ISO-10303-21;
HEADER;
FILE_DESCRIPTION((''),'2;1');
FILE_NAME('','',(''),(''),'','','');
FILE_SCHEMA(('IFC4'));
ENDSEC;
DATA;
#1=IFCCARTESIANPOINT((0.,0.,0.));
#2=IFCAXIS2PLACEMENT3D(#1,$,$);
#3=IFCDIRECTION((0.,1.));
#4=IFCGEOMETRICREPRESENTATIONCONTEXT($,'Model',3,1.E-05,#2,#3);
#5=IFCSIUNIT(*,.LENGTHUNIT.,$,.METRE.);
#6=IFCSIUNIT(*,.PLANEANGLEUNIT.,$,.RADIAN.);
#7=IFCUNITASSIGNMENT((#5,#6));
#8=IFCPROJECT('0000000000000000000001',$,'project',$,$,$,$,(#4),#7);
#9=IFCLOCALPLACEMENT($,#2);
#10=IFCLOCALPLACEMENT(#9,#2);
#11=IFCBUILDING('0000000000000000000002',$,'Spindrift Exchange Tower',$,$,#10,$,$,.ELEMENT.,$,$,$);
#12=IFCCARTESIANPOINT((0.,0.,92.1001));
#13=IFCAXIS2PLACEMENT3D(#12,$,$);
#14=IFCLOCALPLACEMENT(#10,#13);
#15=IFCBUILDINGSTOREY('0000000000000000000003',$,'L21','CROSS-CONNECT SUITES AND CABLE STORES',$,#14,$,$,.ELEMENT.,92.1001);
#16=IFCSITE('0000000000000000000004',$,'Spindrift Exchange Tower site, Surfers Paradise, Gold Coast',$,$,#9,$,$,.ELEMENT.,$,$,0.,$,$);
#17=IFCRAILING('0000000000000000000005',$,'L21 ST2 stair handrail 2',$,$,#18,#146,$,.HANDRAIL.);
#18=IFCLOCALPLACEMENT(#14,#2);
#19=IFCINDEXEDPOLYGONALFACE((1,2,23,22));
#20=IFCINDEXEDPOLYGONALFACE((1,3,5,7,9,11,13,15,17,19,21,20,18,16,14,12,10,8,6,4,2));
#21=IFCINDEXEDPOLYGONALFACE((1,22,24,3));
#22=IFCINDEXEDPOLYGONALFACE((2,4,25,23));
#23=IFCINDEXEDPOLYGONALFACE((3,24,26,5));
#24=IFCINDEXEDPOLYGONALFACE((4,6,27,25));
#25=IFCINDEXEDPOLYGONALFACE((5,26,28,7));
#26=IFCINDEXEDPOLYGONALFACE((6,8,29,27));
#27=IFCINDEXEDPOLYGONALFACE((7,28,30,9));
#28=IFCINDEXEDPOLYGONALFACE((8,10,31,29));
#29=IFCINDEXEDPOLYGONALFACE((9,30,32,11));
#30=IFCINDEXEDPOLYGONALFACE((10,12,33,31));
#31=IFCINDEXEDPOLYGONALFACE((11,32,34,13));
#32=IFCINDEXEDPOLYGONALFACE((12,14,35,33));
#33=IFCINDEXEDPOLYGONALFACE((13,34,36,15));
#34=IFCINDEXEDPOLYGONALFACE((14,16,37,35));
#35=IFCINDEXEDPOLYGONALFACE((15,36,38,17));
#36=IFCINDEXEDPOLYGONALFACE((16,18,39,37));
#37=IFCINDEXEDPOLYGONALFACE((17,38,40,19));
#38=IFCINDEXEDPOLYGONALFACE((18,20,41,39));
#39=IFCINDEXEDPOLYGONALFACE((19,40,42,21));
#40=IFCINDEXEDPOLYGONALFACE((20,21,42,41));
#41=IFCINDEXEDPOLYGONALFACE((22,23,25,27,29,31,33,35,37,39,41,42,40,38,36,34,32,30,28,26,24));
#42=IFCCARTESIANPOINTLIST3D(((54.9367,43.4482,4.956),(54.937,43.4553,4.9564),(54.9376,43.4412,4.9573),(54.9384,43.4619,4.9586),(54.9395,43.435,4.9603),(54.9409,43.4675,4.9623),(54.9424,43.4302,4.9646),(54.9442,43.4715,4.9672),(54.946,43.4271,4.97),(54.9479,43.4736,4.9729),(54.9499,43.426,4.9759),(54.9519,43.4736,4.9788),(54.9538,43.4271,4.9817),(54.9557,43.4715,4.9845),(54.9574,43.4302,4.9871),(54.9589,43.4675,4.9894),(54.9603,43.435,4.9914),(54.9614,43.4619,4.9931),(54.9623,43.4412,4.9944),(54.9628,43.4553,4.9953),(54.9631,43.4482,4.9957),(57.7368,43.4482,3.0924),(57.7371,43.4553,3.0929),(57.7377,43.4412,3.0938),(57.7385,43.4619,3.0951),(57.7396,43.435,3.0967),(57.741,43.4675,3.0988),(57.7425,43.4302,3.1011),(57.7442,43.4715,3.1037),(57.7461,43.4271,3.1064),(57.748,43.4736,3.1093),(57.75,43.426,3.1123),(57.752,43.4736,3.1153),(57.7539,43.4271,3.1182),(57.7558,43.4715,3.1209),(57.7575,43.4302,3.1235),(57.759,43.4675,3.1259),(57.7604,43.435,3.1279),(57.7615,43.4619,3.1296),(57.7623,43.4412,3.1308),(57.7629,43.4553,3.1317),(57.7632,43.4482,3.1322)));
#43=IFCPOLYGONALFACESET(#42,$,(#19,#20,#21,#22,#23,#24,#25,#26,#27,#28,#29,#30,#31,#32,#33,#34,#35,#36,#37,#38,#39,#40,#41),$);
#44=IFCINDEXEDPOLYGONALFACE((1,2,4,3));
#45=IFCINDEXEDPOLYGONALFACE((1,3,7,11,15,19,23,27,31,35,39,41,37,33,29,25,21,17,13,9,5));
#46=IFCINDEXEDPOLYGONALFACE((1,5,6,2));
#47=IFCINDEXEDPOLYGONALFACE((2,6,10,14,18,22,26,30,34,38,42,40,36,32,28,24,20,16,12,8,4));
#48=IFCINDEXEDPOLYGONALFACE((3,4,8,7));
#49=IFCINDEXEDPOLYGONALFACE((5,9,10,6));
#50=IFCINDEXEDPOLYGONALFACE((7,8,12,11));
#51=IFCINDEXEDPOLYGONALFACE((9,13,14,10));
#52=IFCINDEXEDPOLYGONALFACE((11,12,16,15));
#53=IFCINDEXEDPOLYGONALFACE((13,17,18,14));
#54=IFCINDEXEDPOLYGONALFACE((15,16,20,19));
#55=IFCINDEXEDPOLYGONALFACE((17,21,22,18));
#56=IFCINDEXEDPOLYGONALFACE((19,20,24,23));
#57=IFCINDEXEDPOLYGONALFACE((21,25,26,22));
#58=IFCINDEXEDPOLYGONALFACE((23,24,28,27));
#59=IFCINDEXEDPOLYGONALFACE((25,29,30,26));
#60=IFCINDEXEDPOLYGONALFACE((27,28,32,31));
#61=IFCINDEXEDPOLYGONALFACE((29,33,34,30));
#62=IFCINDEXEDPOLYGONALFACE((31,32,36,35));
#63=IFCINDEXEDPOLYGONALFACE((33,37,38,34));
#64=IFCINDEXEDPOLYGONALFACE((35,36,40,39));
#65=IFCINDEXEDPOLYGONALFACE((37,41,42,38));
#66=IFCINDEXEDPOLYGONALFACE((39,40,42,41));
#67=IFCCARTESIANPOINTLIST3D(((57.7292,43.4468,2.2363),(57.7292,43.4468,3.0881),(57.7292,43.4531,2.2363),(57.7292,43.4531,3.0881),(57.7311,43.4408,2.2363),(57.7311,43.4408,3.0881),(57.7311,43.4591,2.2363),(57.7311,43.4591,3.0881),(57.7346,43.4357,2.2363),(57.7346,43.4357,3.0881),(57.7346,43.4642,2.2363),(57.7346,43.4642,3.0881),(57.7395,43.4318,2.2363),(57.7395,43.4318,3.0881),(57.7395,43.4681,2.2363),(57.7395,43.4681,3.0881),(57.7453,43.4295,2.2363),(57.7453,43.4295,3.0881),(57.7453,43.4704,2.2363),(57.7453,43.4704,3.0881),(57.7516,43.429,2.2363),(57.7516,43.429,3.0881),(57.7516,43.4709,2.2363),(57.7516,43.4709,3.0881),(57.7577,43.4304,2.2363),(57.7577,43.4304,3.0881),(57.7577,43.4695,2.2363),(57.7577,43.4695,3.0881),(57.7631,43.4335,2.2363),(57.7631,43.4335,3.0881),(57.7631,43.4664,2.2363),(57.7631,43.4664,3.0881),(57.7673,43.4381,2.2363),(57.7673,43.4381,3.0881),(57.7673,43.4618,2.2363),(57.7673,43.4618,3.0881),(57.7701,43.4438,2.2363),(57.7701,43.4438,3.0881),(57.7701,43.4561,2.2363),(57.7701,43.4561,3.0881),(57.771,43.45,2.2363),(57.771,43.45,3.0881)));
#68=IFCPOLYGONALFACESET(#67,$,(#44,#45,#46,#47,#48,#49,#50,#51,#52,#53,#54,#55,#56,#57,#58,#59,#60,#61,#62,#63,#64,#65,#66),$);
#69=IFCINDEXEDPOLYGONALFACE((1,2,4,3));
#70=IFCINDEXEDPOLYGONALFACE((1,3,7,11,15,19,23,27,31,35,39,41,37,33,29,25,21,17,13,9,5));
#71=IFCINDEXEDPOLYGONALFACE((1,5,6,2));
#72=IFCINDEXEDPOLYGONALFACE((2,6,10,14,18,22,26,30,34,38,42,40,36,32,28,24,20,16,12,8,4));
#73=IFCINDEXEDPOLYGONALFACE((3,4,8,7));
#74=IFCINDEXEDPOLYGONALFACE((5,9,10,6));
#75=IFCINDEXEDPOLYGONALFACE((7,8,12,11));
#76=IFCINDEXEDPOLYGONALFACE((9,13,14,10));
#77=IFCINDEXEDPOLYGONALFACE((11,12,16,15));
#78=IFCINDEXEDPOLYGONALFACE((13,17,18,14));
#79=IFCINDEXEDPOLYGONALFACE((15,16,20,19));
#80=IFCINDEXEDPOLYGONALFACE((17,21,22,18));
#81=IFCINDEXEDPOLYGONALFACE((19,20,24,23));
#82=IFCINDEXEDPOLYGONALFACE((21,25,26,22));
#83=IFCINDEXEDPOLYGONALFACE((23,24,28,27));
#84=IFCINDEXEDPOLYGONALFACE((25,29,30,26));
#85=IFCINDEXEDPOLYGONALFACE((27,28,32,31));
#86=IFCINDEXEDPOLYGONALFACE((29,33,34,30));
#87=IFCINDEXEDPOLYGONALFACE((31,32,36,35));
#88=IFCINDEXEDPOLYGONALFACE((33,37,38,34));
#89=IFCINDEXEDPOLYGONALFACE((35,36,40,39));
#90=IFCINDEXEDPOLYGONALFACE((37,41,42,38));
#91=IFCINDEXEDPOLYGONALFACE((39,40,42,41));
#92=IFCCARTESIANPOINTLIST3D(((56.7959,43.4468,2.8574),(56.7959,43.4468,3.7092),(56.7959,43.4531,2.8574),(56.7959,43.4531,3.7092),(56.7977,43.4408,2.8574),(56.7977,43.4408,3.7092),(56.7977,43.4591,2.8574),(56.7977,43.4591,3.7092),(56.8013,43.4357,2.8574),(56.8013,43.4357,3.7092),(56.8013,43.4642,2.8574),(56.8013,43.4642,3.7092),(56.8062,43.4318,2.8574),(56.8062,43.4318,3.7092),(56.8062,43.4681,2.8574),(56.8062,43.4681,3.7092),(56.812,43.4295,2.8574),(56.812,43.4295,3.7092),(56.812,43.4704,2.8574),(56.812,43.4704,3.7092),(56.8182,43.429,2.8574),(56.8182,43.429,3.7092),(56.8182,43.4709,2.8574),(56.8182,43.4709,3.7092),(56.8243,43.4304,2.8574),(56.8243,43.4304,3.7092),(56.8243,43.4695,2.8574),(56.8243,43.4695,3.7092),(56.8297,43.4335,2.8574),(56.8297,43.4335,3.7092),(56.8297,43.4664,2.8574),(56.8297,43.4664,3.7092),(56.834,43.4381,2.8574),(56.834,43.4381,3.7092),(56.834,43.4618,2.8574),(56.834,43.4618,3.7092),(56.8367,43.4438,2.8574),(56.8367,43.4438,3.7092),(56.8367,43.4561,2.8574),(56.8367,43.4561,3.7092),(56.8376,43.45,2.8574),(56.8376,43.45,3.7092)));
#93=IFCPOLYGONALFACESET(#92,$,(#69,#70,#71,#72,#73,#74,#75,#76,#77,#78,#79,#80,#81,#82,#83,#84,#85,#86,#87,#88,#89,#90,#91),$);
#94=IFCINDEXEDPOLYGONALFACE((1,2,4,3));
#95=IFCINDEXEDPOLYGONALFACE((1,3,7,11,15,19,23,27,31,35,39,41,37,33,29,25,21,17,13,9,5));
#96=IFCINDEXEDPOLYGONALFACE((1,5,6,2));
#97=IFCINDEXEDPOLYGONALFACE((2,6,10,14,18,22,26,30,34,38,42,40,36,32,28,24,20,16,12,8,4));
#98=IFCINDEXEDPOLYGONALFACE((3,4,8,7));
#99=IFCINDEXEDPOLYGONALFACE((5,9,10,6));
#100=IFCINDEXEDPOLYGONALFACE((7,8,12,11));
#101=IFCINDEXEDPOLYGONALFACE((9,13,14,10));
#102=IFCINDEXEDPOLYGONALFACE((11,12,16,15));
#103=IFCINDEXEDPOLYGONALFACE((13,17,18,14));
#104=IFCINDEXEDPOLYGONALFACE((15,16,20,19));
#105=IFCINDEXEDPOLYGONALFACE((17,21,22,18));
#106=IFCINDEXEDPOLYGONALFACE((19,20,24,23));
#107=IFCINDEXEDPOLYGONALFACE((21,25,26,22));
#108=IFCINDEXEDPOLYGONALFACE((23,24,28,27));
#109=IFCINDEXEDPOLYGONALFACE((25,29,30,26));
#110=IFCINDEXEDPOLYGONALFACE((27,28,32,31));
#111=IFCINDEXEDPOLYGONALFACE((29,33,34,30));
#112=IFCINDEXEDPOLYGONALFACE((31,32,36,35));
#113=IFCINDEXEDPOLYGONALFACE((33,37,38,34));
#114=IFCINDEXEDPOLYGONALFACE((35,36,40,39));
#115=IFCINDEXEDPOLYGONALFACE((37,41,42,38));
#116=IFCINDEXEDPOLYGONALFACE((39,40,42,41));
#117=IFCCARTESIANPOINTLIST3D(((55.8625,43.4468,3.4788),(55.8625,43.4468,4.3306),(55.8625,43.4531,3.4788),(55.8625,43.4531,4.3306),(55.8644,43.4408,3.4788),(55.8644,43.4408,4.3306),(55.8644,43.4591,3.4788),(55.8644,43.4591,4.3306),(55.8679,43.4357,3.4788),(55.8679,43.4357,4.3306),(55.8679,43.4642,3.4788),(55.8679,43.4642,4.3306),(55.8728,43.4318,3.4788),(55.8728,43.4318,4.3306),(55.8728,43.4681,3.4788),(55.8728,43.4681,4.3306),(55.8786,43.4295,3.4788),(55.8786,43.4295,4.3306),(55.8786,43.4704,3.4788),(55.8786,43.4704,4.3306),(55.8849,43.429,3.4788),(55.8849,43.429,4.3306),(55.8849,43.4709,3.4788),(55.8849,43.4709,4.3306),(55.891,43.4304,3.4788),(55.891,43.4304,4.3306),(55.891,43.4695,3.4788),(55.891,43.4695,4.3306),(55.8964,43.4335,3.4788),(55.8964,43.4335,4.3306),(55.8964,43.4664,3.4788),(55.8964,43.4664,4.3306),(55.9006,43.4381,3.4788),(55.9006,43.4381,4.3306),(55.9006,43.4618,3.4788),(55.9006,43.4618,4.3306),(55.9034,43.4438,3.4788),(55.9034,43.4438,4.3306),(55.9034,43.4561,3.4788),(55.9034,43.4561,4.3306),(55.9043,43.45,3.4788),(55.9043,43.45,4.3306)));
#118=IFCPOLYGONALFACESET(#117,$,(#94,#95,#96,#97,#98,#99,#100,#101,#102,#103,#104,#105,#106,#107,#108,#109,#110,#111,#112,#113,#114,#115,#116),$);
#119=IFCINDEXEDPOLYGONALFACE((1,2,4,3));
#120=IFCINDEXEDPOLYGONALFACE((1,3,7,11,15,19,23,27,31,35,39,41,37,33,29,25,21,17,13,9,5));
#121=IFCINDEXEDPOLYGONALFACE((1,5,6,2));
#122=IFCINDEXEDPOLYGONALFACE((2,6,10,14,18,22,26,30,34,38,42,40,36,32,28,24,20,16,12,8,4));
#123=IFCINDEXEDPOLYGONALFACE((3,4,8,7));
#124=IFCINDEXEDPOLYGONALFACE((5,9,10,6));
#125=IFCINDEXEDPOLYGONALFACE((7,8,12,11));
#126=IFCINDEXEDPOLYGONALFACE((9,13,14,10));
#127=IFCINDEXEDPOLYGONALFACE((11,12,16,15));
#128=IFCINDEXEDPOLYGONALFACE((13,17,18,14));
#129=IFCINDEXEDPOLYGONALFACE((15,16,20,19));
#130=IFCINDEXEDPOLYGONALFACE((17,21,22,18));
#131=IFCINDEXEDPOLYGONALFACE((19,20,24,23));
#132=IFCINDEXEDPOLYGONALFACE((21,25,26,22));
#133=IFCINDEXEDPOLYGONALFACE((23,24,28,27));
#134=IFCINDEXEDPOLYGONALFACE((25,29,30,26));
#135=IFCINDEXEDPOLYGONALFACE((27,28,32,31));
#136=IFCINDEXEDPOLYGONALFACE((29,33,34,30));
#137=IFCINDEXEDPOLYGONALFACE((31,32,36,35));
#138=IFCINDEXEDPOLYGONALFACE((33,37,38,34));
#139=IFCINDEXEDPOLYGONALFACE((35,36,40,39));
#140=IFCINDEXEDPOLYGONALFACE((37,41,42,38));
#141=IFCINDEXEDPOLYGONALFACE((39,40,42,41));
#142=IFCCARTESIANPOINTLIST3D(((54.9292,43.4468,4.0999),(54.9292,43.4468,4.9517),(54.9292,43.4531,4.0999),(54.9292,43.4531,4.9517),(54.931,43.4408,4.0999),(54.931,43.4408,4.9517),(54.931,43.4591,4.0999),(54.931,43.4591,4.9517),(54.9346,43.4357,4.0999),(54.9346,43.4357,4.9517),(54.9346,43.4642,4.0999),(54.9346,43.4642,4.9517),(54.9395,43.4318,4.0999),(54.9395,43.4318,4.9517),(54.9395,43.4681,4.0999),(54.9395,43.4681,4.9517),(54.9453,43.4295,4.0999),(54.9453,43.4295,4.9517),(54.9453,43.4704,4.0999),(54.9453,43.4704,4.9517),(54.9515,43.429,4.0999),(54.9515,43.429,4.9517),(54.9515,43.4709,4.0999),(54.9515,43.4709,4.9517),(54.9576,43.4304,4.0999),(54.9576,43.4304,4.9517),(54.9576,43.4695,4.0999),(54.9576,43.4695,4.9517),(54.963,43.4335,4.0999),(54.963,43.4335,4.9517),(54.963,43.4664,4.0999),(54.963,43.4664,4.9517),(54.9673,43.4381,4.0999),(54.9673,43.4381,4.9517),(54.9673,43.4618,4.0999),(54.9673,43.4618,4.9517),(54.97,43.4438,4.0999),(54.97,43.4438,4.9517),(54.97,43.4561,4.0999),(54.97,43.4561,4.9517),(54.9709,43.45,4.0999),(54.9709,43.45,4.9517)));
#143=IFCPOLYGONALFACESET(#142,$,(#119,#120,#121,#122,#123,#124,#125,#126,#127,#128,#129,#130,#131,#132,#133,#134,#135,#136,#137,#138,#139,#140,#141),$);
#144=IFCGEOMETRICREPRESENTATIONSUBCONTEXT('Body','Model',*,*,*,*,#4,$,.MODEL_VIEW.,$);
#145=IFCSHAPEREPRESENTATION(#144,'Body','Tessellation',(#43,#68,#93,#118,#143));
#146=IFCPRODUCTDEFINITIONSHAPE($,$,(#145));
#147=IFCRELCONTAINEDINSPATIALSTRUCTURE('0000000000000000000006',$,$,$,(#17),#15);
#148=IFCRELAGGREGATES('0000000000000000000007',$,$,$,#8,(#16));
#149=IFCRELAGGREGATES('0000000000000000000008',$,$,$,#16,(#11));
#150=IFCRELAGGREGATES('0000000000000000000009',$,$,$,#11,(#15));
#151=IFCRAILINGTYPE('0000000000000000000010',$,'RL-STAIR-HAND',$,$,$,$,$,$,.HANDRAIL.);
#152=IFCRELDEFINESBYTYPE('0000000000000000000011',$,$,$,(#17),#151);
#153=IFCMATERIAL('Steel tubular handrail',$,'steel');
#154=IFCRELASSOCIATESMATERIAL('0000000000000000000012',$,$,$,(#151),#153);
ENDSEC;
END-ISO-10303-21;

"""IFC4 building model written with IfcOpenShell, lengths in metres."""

from ifc_helpers import new_model, si_unit, direction, frame, origin, origin_2d, place, context, subcontext, project, spatial, circle, extrude, material, type_object, element, save


model = new_model("IFC4")

# Units and contexts
model_context = context("Model", 3, precision=1e-05, world=origin(), true_north=direction((0.0, 1.0)))
body_context = subcontext(model_context, "Body", "Model", "MODEL_VIEW")
ifc_project = project(units=[si_unit("LENGTHUNIT", "METRE"), si_unit("PLANEANGLEUNIT", "RADIAN")], contexts=[model_context])

# Site, building, storey
site_placement = place(None, origin())
site = spatial("IfcSite", under=ifc_project, at=site_placement, Name="Spindrift Exchange Tower site, Surfers Paradise, Gold Coast", CompositionType="ELEMENT", RefElevation=0.0)
building_placement = place(site_placement, origin())
building = spatial("IfcBuilding", under=site, at=building_placement, Name="Spindrift Exchange Tower", CompositionType="ELEMENT")
storey_placement = place(building_placement, frame((0.0, 0.0, 92.1001)))
storey = spatial("IfcBuildingStorey", under=building, at=storey_placement, Name="L21", Description="CROSS-CONNECT SUITES AND CABLE STORES", CompositionType="ELEMENT", Elevation=92.1001)

# Railing
ifc_material_1 = material(Name="Steel tubular handrail", Category="steel")
railing_type_1 = type_object("IfcRailingType", Name="RL-STAIR-HAND", PredefinedType="HANDRAIL", material=ifc_material_1)
railing_1_placement = place(storey_placement, frame((57.75, 43.45, 2.2363)))
element("IfcRailing", 1, at=railing_1_placement, inside=storey, type_object=railing_type_1, Name="L21 ST2 stair handrail 2", PredefinedType="HANDRAIL", context=body_context, shape_type="SweptSolid", body=[
    extrude(circle(Radius=0.0239, at=origin_2d()), frame((0.0, 0.0, 0.876), z_axis=(-0.832486, 0.0, 0.554047), x_axis=(0.0, -1.0, 0.0)), (0.0, 0.0, 1.0), 3.3635),
    extrude(circle(Radius=0.021, at=origin_2d()), origin(), (0.0, 0.0, 1.0), 0.8518),
    extrude(circle(Radius=0.021, at=origin_2d()), frame((-0.9333, 0.0, 0.6211)), (0.0, 0.0, 1.0), 0.8518),
    extrude(circle(Radius=0.021, at=origin_2d()), frame((-1.8667, 0.0, 1.2424)), (0.0, 0.0, 1.0), 0.8518),
    extrude(circle(Radius=0.021, at=origin_2d()), frame((-2.8, 0.0, 1.8635)), (0.0, 0.0, 1.0), 0.8518),
])

save(model, "model.ifc")
